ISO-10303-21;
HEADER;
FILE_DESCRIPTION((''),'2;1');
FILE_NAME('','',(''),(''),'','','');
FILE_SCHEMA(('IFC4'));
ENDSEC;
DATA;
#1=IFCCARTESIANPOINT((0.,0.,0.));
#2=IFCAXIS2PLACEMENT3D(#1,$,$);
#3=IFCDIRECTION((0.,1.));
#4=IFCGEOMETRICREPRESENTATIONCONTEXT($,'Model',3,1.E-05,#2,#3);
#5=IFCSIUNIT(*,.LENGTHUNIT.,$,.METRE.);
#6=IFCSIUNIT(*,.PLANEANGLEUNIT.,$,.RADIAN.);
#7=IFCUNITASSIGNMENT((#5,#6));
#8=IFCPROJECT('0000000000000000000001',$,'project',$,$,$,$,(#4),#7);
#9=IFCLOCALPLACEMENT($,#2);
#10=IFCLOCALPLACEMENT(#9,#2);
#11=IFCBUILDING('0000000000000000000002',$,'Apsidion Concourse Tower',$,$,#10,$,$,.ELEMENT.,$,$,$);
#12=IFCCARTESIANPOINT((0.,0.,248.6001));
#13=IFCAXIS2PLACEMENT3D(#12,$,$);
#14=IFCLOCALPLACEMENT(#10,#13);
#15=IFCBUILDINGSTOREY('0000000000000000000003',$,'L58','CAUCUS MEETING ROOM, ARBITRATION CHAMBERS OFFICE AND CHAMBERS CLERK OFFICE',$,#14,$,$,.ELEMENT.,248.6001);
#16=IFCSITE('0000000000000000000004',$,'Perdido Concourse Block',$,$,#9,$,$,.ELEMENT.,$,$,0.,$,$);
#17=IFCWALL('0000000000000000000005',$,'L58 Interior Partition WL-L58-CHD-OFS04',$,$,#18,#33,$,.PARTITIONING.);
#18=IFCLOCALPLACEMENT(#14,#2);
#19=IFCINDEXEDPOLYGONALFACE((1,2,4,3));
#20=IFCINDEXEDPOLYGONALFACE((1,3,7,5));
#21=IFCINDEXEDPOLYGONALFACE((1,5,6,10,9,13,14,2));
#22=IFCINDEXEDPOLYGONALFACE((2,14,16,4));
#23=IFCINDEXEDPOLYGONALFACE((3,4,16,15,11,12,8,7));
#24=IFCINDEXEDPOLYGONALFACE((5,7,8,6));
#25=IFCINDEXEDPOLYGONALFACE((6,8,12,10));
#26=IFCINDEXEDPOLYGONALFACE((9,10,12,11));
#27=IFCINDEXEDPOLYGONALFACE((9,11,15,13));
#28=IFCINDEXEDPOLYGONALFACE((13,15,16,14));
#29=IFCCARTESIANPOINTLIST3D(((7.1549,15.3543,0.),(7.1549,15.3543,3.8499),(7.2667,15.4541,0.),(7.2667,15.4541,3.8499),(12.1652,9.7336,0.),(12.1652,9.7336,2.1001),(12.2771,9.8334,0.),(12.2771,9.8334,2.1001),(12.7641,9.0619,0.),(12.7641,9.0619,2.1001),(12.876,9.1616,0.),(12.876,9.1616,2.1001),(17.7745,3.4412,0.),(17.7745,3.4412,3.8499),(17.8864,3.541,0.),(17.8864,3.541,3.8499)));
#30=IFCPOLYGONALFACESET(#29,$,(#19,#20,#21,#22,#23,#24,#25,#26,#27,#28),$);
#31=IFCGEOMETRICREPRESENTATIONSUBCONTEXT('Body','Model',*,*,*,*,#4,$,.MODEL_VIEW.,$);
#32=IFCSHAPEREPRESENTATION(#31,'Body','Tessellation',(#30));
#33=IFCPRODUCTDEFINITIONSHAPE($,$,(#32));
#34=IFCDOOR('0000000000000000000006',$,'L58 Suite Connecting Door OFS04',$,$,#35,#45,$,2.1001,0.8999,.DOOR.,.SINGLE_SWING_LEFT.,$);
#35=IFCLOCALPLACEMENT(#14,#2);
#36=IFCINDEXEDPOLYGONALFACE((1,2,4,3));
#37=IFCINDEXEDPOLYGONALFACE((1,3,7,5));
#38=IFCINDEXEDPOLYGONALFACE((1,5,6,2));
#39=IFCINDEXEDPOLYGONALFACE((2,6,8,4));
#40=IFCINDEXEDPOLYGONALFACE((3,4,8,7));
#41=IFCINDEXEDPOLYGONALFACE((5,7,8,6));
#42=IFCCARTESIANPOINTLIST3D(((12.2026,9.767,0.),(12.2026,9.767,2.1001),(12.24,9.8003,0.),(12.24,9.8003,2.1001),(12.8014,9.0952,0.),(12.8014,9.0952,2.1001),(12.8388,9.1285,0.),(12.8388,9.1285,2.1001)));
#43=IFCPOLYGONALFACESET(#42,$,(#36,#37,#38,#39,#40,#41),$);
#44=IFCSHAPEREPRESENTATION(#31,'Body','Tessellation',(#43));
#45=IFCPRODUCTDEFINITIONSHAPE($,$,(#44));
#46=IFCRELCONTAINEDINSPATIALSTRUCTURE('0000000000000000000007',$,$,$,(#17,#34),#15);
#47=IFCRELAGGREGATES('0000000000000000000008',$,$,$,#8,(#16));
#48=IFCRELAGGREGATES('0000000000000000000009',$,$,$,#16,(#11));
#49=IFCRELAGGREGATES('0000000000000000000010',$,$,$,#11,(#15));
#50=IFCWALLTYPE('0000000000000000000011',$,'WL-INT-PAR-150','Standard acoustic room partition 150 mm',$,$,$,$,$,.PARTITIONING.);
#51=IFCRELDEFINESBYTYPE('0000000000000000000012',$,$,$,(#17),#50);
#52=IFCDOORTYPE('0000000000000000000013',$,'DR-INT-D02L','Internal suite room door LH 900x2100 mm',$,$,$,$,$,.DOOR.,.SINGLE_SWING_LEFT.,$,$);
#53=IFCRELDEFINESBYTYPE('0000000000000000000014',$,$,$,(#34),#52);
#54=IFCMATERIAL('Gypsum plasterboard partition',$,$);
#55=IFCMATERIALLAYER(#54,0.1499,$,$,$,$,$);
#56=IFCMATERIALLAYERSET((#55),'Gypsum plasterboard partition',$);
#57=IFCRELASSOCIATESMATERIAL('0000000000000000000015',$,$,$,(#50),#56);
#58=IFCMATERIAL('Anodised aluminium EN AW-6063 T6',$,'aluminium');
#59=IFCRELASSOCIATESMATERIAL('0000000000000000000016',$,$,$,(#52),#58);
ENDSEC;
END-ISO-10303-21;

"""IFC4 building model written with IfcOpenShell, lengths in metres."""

from ifc_helpers import new_model, si_unit, direction, frame, frame_2d, origin, place, context, subcontext, project, spatial, rectangle, extrude, material, layer, layer_set, type_object, element, fill, save


model = new_model("IFC4")

# Units and contexts
model_context = context("Model", 3, precision=1e-05, world=origin(), true_north=direction((0.0, 1.0)))
body_context = subcontext(model_context, "Body", "Model", "MODEL_VIEW")
ifc_project = project(units=[si_unit("LENGTHUNIT", "METRE"), si_unit("PLANEANGLEUNIT", "RADIAN")], contexts=[model_context])

# Site, building, storey
site_placement = place(None, origin())
site = spatial("IfcSite", under=ifc_project, at=site_placement, Name="Perdido Concourse Block", CompositionType="ELEMENT", RefElevation=0.0)
building_placement = place(site_placement, origin())
building = spatial("IfcBuilding", under=site, at=building_placement, Name="Apsidion Concourse Tower", CompositionType="ELEMENT")
storey_placement = place(building_placement, frame((0.0, 0.0, 248.6001)))
storey = spatial("IfcBuildingStorey", under=building, at=storey_placement, Name="L58", Description="CAUCUS MEETING ROOM, ARBITRATION CHAMBERS OFFICE AND CHAMBERS CLERK OFFICE", CompositionType="ELEMENT", Elevation=248.6001)

# Shared definitions
ifc_material_1 = material(Name="Anodised aluminium EN AW-6063 T6", Category="aluminium")

# Wall, opening, door
ifc_material_2 = material(Name="Gypsum plasterboard partition")
ifc_layer_1 = layer(ifc_material_2, 0.1499)
ifc_layer_set_1 = layer_set([ifc_layer_1], Name="Gypsum plasterboard partition")
wall_type_1 = type_object("IfcWallType", Name="WL-INT-PAR-150", Description="Standard acoustic room partition 150 mm", PredefinedType="PARTITIONING", material=ifc_layer_set_1)
wall_1_placement = place(storey_placement, frame((17.8303, 3.4912, 0.0), z_axis=(0.0, 0.0, 1.0), x_axis=(-0.665421, 0.746468, 0.0)))
wall_1 = element("IfcWall", 1, at=wall_1_placement, inside=storey, type_object=wall_type_1, Name="L58 Interior Partition WL-L58-CHD-OFS04", PredefinedType="PARTITIONING", context=body_context, shape_type="SweptSolid", body=[
    extrude(rectangle(XDim=15.9592, YDim=0.1499, at=frame_2d((7.9795, 0.0))), origin(), (0.0, 0.0, 1.0), 3.8499),
])
opening_1_placement = place(wall_1_placement, frame((7.5295, 0.0, 0.0)))
opening_1 = element("IfcOpeningElement", 2, at=opening_1_placement, cuts=wall_1, PredefinedType="OPENING", context=body_context, shape_type="SweptSolid", body=[
    extrude(rectangle(XDim=0.8999, YDim=2.1001, at=frame_2d((0.45, 1.05))), frame((0.0, 0.085, 0.0), z_axis=(0.0, -1.0, 0.0), x_axis=(1.0, 0.0, 0.0)), (0.0, 0.0, 1.0), 0.1699),
])
door_type_1 = type_object("IfcDoorType", Name="DR-INT-D02L", Description="Internal suite room door LH 900x2100 mm", OperationType="SINGLE_SWING_LEFT", PredefinedType="DOOR", material=ifc_material_1)
door_1_placement = place(opening_1_placement, origin())
door_1 = element("IfcDoor", 3, at=door_1_placement, inside=storey, type_object=door_type_1, Name="L58 Suite Connecting Door OFS04", OperationType="SINGLE_SWING_LEFT", OverallHeight=2.1001, OverallWidth=0.8999, PredefinedType="DOOR", context=body_context, shape_type="SweptSolid", body=[
    extrude(rectangle(XDim=0.8999, YDim=2.1001, at=frame_2d((0.45, 1.05))), frame((0.0, 0.0249, 0.0), z_axis=(0.0, -1.0, 0.0), x_axis=(1.0, 0.0, 0.0)), (0.0, 0.0, 1.0), 0.05),
])
fill(opening_1, door_1)

save(model, "model.ifc")
